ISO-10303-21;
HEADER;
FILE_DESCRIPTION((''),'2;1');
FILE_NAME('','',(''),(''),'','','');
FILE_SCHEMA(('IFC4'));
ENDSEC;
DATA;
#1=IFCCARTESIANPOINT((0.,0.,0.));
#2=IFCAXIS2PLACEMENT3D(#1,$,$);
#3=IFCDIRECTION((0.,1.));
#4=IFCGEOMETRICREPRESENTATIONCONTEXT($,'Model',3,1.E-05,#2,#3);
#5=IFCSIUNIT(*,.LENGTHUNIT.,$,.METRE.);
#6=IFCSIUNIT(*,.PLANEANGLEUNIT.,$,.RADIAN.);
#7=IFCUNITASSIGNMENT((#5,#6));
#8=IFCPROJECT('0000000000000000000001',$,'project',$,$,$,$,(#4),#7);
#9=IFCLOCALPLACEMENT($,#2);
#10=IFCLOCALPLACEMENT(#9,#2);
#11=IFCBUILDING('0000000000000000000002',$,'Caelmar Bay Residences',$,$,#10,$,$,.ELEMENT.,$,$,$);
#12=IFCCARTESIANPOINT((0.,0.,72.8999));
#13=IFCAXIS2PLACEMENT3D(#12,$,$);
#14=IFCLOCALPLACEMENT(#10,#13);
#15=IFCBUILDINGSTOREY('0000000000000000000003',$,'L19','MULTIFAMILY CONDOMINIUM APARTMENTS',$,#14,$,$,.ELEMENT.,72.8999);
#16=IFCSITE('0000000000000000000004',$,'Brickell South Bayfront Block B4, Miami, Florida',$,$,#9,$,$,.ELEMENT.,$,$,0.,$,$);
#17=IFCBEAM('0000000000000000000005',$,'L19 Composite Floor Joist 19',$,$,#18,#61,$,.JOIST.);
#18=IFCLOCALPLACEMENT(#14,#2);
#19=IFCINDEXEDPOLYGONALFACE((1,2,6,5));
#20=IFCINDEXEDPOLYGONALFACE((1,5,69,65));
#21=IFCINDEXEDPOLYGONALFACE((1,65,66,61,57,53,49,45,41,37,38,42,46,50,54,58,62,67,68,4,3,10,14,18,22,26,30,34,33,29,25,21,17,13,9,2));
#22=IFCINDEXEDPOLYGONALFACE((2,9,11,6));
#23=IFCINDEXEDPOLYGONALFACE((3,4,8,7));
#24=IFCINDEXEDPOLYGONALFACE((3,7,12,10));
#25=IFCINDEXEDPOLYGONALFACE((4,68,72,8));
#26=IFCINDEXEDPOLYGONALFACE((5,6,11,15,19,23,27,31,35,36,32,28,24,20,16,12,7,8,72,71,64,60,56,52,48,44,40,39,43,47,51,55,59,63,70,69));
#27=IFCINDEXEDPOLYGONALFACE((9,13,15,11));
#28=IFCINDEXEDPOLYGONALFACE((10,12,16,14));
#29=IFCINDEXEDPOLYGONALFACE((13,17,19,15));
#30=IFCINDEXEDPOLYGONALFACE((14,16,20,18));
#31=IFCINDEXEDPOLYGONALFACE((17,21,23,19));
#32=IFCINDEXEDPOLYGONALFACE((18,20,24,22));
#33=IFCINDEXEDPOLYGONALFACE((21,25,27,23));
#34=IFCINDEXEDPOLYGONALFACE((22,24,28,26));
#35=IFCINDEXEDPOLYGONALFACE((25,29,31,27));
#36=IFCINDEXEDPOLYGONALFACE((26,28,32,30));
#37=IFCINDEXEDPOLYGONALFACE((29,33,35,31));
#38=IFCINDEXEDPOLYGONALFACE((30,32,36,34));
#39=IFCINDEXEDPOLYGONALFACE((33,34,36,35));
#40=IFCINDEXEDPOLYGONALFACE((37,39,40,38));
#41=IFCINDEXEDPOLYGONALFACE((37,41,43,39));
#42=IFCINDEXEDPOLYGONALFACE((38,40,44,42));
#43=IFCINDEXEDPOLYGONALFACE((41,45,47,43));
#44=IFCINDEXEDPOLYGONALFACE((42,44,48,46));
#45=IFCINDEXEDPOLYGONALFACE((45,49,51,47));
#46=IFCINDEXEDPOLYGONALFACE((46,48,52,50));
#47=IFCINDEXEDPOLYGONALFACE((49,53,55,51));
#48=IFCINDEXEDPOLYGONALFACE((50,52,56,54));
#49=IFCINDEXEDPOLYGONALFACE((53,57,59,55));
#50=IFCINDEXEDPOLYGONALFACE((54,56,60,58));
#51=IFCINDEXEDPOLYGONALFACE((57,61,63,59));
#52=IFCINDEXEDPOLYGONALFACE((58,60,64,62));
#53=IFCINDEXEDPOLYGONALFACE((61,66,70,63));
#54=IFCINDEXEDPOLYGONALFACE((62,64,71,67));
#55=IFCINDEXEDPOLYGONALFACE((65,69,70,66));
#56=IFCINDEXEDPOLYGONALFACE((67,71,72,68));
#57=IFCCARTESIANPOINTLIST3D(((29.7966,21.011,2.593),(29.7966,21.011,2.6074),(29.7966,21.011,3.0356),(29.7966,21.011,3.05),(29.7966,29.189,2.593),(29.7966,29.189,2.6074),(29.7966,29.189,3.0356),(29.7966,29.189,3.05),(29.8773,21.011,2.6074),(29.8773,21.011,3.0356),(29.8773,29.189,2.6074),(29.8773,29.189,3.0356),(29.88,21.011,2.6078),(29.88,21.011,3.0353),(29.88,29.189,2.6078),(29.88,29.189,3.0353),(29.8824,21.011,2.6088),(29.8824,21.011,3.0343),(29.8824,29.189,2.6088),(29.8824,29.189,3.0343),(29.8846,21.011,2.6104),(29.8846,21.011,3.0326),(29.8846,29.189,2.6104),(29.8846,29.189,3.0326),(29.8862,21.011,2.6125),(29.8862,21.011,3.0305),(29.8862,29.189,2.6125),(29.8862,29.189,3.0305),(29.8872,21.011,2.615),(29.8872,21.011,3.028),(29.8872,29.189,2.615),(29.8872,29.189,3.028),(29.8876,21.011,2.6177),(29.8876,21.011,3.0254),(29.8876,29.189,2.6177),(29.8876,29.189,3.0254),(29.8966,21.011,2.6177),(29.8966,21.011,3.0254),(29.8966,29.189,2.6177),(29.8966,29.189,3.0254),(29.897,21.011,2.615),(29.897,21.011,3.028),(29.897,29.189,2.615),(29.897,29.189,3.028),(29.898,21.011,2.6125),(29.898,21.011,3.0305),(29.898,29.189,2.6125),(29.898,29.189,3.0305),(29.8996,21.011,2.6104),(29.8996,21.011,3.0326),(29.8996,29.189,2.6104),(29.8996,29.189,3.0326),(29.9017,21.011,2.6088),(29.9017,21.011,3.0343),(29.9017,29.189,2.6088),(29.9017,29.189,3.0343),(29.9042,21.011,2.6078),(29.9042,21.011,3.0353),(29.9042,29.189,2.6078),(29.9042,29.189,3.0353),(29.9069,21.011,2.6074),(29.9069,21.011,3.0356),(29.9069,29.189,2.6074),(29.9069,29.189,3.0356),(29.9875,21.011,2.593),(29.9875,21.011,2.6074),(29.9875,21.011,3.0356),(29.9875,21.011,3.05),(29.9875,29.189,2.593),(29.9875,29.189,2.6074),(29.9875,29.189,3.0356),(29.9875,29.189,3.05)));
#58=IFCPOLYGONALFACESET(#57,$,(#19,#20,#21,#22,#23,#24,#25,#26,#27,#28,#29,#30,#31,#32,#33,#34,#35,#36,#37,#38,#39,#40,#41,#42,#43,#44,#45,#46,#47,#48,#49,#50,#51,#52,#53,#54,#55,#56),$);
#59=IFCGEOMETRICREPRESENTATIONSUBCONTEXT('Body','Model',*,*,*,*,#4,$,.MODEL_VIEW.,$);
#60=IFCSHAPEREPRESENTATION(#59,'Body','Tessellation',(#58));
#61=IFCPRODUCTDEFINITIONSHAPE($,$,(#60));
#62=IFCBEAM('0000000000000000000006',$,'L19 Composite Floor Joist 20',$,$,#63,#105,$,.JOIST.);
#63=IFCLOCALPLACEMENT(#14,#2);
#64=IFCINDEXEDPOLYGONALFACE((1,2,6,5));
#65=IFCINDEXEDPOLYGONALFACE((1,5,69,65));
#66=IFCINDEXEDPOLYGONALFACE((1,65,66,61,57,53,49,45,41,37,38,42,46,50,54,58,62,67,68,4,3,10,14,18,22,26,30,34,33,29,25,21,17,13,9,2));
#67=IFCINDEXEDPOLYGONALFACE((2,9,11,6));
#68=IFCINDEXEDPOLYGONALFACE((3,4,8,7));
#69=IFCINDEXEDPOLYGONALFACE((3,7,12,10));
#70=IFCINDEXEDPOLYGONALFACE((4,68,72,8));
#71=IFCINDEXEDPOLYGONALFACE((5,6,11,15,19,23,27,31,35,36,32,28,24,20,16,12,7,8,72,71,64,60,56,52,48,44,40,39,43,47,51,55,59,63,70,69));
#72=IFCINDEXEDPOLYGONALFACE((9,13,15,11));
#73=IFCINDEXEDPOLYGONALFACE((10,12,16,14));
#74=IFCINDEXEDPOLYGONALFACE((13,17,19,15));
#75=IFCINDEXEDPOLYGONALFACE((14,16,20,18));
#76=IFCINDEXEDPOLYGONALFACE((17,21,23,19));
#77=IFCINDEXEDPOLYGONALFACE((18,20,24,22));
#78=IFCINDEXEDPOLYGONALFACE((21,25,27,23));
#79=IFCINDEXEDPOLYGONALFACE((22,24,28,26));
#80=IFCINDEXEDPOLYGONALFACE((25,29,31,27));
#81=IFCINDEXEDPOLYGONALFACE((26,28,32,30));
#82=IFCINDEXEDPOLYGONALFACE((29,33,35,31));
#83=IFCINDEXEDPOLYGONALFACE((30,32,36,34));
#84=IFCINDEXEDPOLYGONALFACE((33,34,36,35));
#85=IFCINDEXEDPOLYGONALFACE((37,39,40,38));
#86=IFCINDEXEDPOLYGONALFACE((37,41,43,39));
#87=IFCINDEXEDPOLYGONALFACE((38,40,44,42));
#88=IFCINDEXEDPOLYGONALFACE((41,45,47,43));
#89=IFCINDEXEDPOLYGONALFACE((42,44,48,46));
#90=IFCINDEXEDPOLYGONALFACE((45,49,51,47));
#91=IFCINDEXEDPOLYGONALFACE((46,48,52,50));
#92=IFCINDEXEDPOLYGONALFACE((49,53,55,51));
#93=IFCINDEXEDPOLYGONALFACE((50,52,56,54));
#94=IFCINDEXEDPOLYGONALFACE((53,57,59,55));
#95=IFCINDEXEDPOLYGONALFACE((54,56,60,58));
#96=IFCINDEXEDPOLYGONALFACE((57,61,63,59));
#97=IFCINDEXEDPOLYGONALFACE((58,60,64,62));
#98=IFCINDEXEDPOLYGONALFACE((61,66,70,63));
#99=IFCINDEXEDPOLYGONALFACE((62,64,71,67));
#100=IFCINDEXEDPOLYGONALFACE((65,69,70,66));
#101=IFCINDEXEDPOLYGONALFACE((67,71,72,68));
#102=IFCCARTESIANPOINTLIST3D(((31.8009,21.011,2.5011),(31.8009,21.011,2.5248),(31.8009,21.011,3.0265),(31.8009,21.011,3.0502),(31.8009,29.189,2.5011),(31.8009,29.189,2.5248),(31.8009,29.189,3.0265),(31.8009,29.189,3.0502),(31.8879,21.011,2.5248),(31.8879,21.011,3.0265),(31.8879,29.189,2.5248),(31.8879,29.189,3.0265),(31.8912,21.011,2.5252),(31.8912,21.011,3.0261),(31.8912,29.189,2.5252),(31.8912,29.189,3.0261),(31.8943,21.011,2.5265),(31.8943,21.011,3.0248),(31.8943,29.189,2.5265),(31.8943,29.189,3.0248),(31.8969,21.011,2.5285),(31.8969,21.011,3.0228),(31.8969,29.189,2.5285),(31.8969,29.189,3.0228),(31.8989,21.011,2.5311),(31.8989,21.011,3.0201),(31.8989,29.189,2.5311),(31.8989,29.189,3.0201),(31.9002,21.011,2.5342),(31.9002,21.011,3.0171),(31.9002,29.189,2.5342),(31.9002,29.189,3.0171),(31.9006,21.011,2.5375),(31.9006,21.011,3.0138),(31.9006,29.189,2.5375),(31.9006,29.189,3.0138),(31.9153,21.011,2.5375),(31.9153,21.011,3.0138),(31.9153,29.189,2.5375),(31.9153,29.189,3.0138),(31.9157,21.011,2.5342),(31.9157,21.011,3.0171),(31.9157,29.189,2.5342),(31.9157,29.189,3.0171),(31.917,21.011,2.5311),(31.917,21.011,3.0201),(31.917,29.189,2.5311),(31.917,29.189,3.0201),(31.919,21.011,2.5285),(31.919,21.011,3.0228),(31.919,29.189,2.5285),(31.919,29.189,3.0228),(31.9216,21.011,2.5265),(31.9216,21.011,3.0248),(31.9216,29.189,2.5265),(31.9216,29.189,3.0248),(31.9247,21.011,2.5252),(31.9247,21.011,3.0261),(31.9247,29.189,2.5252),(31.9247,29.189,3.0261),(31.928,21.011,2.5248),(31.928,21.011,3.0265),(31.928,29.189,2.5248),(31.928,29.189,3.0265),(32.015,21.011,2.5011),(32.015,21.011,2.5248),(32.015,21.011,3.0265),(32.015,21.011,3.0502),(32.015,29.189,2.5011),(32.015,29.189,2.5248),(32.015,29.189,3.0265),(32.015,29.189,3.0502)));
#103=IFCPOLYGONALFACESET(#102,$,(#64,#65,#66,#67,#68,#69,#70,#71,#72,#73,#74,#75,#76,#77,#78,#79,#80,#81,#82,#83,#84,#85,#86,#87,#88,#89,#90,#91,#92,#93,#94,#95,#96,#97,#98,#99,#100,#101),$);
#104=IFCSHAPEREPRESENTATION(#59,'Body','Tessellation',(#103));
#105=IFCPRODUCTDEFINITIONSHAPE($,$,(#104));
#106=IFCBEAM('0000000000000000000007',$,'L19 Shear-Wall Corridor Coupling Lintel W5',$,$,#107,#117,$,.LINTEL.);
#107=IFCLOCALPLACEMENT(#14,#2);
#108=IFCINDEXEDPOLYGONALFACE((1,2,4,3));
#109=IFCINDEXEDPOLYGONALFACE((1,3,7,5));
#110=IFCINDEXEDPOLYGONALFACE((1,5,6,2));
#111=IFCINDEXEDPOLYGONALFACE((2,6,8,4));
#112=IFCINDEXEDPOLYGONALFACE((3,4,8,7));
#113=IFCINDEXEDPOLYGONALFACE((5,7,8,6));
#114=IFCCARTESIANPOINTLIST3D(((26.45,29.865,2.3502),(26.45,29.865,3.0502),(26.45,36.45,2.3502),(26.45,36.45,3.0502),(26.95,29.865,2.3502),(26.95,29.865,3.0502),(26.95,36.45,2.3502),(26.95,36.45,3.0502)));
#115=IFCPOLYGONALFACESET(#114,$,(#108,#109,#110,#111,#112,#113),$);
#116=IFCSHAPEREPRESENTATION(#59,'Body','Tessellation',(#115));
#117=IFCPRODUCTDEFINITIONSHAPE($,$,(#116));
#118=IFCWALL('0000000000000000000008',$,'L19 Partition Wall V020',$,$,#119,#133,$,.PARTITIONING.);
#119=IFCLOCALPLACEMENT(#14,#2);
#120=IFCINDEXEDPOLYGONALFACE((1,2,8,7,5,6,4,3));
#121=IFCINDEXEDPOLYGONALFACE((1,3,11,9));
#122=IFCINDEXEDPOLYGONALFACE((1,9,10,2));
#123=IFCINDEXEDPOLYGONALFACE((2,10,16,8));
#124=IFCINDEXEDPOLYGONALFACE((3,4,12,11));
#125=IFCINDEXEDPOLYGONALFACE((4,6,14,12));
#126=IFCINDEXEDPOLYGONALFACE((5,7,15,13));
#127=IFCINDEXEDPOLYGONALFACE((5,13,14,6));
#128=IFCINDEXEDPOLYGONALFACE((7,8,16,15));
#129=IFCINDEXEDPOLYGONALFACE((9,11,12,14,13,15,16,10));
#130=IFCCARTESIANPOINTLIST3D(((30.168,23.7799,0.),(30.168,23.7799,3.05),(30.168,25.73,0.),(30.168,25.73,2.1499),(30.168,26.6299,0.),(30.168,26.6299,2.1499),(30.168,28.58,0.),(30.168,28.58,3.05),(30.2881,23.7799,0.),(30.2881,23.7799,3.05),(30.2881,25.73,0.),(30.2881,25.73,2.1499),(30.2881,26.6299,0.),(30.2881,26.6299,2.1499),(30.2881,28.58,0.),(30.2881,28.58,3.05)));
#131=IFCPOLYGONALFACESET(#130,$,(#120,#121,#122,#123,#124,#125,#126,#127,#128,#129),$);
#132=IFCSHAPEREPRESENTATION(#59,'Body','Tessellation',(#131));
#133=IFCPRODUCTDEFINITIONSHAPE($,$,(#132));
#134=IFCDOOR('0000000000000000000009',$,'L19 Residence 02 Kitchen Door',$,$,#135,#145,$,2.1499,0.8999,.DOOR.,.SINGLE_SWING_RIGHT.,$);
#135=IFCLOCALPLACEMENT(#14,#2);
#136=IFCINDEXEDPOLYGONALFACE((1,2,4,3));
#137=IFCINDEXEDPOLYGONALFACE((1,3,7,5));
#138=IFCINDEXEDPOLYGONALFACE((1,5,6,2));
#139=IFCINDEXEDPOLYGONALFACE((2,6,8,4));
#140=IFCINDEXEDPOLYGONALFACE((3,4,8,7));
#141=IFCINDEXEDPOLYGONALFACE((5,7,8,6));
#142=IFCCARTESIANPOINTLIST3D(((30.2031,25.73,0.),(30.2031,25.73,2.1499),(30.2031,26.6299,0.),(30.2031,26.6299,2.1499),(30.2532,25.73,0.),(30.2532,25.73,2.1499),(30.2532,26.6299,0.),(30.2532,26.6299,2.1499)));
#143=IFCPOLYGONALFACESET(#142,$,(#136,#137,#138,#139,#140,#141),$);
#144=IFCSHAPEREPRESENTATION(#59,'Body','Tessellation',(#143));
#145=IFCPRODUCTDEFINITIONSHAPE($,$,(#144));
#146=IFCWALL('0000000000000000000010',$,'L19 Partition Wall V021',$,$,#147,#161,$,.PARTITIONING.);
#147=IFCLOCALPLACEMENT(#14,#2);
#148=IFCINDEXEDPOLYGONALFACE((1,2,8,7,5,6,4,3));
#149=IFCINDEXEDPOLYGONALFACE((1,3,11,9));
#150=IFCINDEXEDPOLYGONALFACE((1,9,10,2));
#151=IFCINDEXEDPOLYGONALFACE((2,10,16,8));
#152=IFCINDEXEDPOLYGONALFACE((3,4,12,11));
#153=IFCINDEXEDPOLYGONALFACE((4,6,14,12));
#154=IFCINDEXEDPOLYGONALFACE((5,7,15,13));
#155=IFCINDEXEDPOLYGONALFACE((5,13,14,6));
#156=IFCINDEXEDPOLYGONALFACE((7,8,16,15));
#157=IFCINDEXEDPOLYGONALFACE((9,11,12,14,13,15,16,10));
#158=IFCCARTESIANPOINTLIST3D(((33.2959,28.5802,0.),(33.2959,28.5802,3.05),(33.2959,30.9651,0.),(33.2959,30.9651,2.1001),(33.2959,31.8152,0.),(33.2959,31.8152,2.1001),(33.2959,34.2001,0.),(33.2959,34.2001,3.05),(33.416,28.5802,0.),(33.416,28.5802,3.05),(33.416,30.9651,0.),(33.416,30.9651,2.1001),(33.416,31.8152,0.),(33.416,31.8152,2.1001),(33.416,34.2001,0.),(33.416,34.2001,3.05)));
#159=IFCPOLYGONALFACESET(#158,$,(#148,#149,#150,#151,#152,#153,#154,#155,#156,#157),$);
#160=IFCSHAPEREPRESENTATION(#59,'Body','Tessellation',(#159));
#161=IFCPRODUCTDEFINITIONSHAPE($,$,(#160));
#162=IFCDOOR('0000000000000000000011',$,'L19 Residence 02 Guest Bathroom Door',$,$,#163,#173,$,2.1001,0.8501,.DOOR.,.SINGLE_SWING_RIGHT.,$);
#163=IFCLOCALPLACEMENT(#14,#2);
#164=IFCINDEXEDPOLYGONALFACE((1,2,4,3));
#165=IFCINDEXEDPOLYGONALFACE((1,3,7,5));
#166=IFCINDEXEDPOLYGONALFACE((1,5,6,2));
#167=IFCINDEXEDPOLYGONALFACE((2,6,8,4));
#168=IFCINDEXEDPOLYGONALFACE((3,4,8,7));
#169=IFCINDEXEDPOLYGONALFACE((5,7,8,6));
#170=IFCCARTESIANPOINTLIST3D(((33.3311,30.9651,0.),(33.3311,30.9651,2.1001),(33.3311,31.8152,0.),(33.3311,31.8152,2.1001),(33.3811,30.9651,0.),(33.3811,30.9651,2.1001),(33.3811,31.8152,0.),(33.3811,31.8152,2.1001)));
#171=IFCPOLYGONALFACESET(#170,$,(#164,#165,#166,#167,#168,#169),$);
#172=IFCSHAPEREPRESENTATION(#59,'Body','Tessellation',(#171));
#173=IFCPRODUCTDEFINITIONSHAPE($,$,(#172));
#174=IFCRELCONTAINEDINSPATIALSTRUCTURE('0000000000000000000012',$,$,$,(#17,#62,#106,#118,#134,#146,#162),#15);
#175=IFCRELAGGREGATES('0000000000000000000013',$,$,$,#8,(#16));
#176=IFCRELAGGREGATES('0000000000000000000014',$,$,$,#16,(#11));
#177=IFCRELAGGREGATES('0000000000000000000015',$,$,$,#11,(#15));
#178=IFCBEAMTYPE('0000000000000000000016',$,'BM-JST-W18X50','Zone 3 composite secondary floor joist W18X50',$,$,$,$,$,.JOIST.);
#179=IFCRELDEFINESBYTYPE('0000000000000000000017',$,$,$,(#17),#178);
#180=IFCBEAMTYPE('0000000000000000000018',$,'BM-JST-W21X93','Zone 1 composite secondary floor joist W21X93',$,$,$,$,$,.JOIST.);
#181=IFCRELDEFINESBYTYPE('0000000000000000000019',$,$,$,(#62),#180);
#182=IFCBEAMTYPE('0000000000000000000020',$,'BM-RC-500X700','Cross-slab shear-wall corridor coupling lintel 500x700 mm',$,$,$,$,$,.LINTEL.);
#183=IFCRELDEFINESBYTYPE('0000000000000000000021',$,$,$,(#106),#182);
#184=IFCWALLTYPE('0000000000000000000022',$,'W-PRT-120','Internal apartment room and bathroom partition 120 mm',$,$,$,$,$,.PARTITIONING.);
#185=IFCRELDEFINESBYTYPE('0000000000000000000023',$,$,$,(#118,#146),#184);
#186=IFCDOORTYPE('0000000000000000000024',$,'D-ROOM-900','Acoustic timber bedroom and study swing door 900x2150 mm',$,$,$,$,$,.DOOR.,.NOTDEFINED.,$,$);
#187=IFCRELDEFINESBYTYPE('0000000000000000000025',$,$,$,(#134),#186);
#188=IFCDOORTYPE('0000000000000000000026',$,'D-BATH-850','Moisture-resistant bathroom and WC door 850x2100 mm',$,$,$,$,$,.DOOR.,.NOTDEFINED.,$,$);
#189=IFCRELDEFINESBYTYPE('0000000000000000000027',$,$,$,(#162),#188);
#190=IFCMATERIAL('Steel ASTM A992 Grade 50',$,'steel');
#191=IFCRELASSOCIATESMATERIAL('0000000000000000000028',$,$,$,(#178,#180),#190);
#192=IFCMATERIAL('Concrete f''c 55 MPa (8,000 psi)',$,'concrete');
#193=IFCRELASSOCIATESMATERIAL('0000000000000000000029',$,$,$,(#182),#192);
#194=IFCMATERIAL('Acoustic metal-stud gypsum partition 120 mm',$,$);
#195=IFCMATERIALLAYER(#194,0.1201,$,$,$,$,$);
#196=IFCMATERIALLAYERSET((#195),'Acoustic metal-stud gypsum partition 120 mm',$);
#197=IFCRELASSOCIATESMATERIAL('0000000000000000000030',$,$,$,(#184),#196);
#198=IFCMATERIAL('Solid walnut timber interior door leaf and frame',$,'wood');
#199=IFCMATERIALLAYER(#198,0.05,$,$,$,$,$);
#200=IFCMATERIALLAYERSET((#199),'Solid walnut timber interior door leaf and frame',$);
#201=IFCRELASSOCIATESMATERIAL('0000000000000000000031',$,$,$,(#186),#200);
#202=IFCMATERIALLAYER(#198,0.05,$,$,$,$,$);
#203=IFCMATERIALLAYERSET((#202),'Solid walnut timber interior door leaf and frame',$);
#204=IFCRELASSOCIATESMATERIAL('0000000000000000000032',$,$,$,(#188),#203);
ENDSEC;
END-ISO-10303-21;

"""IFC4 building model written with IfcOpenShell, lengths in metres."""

from ifc_helpers import new_model, si_unit, direction, frame, frame_2d, origin, origin_2d, place, context, subcontext, project, spatial, rectangle, i_section, extrude, material, layer, layer_set, material_profile, profile_set, type_object, element, fill, save


model = new_model("IFC4")

# Units and contexts
model_context = context("Model", 3, precision=1e-05, world=origin(), true_north=direction((0.0, 1.0)))
body_context = subcontext(model_context, "Body", "Model", "MODEL_VIEW")
ifc_project = project(units=[si_unit("LENGTHUNIT", "METRE"), si_unit("PLANEANGLEUNIT", "RADIAN")], contexts=[model_context])

# Site, building, storey
site_placement = place(None, origin())
site = spatial("IfcSite", under=ifc_project, at=site_placement, Name="Brickell South Bayfront Block B4, Miami, Florida", CompositionType="ELEMENT", RefElevation=0.0)
building_placement = place(site_placement, origin())
building = spatial("IfcBuilding", under=site, at=building_placement, Name="Caelmar Bay Residences", CompositionType="ELEMENT")
storey_placement = place(building_placement, frame((0.0, 0.0, 72.8999)))
storey = spatial("IfcBuildingStorey", under=building, at=storey_placement, Name="L19", Description="MULTIFAMILY CONDOMINIUM APARTMENTS", CompositionType="ELEMENT", Elevation=72.8999)

# Beams
ifc_material_1 = material(Name="Steel ASTM A992 Grade 50", Category="steel")
ifc_material_profile_1 = material_profile(ifc_material_1, i_section(OverallWidth=0.1909, OverallDepth=0.457, WebThickness=0.009, FlangeThickness=0.0144, FilletRadius=0.0103, at=origin_2d()), Name="W18X50")
ifc_profile_set_1 = profile_set([ifc_material_profile_1], Name="Steel ASTM A992 Grade 50")
beam_type_1 = type_object("IfcBeamType", Name="BM-JST-W18X50", Description="Zone 3 composite secondary floor joist W18X50", PredefinedType="JOIST", material=ifc_profile_set_1)
beam_1_placement = place(storey_placement, frame((29.8921, 21.011, 2.8215), z_axis=(0.0, 1.0, 0.0), x_axis=(-1.0, 0.0, 0.0)))
element("IfcBeam", 1, at=beam_1_placement, inside=storey, type_object=beam_type_1, Name="L19 Composite Floor Joist 19", PredefinedType="JOIST", context=body_context, shape_type="SweptSolid", body=[
    extrude(i_section(OverallWidth=0.1909, OverallDepth=0.457, WebThickness=0.009, FlangeThickness=0.0144, FilletRadius=0.0103, at=origin_2d()), origin(), (0.0, 0.0, 1.0), 8.178),
])
ifc_material_profile_2 = material_profile(ifc_material_1, i_section(OverallWidth=0.2141, OverallDepth=0.5491, WebThickness=0.0146, FlangeThickness=0.0237, FilletRadius=0.0127, at=origin_2d()), Name="W21X93")
ifc_profile_set_2 = profile_set([ifc_material_profile_2], Name="Steel ASTM A992 Grade 50")
beam_type_2 = type_object("IfcBeamType", Name="BM-JST-W21X93", Description="Zone 1 composite secondary floor joist W21X93", PredefinedType="JOIST", material=ifc_profile_set_2)
beam_2_placement = place(storey_placement, frame((31.908, 21.011, 2.7756), z_axis=(0.0, 1.0, 0.0), x_axis=(-1.0, 0.0, 0.0)))
element("IfcBeam", 2, at=beam_2_placement, inside=storey, type_object=beam_type_2, Name="L19 Composite Floor Joist 20", PredefinedType="JOIST", context=body_context, shape_type="SweptSolid", body=[
    extrude(i_section(OverallWidth=0.2141, OverallDepth=0.5491, WebThickness=0.0146, FlangeThickness=0.0237, FilletRadius=0.0127, at=origin_2d()), origin(), (0.0, 0.0, 1.0), 8.178),
])
ifc_material_2 = material(Name="Concrete f'c 55 MPa (8,000 psi)", Category="concrete")
ifc_material_profile_3 = material_profile(ifc_material_2, rectangle(XDim=0.5, YDim=0.7, at=origin_2d()), Name="RC-BM-500X700")
ifc_profile_set_3 = profile_set([ifc_material_profile_3], Name="Concrete f'c 55 MPa (8,000 psi)")
beam_type_3 = type_object("IfcBeamType", Name="BM-RC-500X700", Description="Cross-slab shear-wall corridor coupling lintel 500x700 mm", PredefinedType="LINTEL", material=ifc_profile_set_3)
beam_3_placement = place(storey_placement, frame((26.7, 29.865, 2.7002), z_axis=(0.0, 1.0, 0.0), x_axis=(-1.0, 0.0, 0.0)))
element("IfcBeam", 3, at=beam_3_placement, inside=storey, type_object=beam_type_3, Name="L19 Shear-Wall Corridor Coupling Lintel W5", PredefinedType="LINTEL", context=body_context, shape_type="SweptSolid", body=[
    extrude(rectangle(XDim=0.5, YDim=0.7, at=origin_2d()), origin(), (0.0, 0.0, 1.0), 6.585),
])

# Walls, openings, doors
ifc_material_3 = material(Name="Acoustic metal-stud gypsum partition 120 mm")
ifc_layer_1 = layer(ifc_material_3, 0.1201)
ifc_layer_set_1 = layer_set([ifc_layer_1], Name="Acoustic metal-stud gypsum partition 120 mm")
wall_type_1 = type_object("IfcWallType", Name="W-PRT-120", Description="Internal apartment room and bathroom partition 120 mm", PredefinedType="PARTITIONING", material=ifc_layer_set_1)
wall_1_placement = place(storey_placement, frame((30.228, 23.78, 0.0), z_axis=(0.0, 0.0, 1.0), x_axis=(0.0, 1.0, 0.0)))
wall_1 = element("IfcWall", 4, at=wall_1_placement, inside=storey, type_object=wall_type_1, Name="L19 Partition Wall V020", PredefinedType="PARTITIONING", context=body_context, shape_type="SweptSolid", body=[
    extrude(rectangle(XDim=4.8, YDim=0.1201, at=frame_2d((2.3999, 0.0))), origin(), (0.0, 0.0, 1.0), 3.05),
])
opening_1_placement = place(wall_1_placement, frame((1.95, 0.0, 0.0)))
opening_1 = element("IfcOpeningElement", 5, at=opening_1_placement, cuts=wall_1, PredefinedType="OPENING", context=body_context, shape_type="SweptSolid", body=[
    extrude(rectangle(XDim=0.8999, YDim=2.1499, at=frame_2d((0.45, 1.075))), frame((0.0, 0.0701, 0.0), z_axis=(0.0, -1.0, 0.0), x_axis=(1.0, 0.0, 0.0)), (0.0, 0.0, 1.0), 0.1401),
])
ifc_material_4 = material(Name="Solid walnut timber interior door leaf and frame", Category="wood")
ifc_layer_2 = layer(ifc_material_4, 0.05)
ifc_layer_set_2 = layer_set([ifc_layer_2], Name="Solid walnut timber interior door leaf and frame")
door_type_1 = type_object("IfcDoorType", Name="D-ROOM-900", Description="Acoustic timber bedroom and study swing door 900x2150 mm", OperationType="NOTDEFINED", PredefinedType="DOOR", material=ifc_layer_set_2)
door_1_placement = place(opening_1_placement, origin())
door_1 = element("IfcDoor", 6, at=door_1_placement, inside=storey, type_object=door_type_1, Name="L19 Residence 02 Kitchen Door", OperationType="SINGLE_SWING_RIGHT", OverallHeight=2.1499, OverallWidth=0.8999, PredefinedType="DOOR", context=body_context, shape_type="SweptSolid", body=[
    extrude(rectangle(XDim=0.8999, YDim=2.1499, at=frame_2d((0.45, 1.075))), frame((0.0, 0.0249, 0.0), z_axis=(0.0, -1.0, 0.0), x_axis=(1.0, 0.0, 0.0)), (0.0, 0.0, 1.0), 0.05),
])
fill(opening_1, door_1)
wall_2_placement = place(storey_placement, frame((33.356, 28.5801, 0.0), z_axis=(0.0, 0.0, 1.0), x_axis=(0.0, 1.0, 0.0)))
wall_2 = element("IfcWall", 7, at=wall_2_placement, inside=storey, type_object=wall_type_1, Name="L19 Partition Wall V021", PredefinedType="PARTITIONING", context=body_context, shape_type="SweptSolid", body=[
    extrude(rectangle(XDim=5.6199, YDim=0.1201, at=frame_2d((2.8101, 0.0))), origin(), (0.0, 0.0, 1.0), 3.05),
])
opening_2_placement = place(wall_2_placement, frame((2.385, 0.0, 0.0)))
opening_2 = element("IfcOpeningElement", 8, at=opening_2_placement, cuts=wall_2, PredefinedType="OPENING", context=body_context, shape_type="SweptSolid", body=[
    extrude(rectangle(XDim=0.8501, YDim=2.1001, at=frame_2d((0.425, 1.05))), frame((0.0, 0.0701, 0.0), z_axis=(0.0, -1.0, 0.0), x_axis=(1.0, 0.0, 0.0)), (0.0, 0.0, 1.0), 0.1401),
])
ifc_layer_3 = layer(ifc_material_4, 0.05)
ifc_layer_set_3 = layer_set([ifc_layer_3], Name="Solid walnut timber interior door leaf and frame")
door_type_2 = type_object("IfcDoorType", Name="D-BATH-850", Description="Moisture-resistant bathroom and WC door 850x2100 mm", OperationType="NOTDEFINED", PredefinedType="DOOR", material=ifc_layer_set_3)
door_2_placement = place(opening_2_placement, origin())
door_2 = element("IfcDoor", 9, at=door_2_placement, inside=storey, type_object=door_type_2, Name="L19 Residence 02 Guest Bathroom Door", OperationType="SINGLE_SWING_RIGHT", OverallHeight=2.1001, OverallWidth=0.8501, PredefinedType="DOOR", context=body_context, shape_type="SweptSolid", body=[
    extrude(rectangle(XDim=0.8501, YDim=2.1001, at=frame_2d((0.425, 1.05))), frame((0.0, 0.0249, 0.0), z_axis=(0.0, -1.0, 0.0), x_axis=(1.0, 0.0, 0.0)), (0.0, 0.0, 1.0), 0.05),
])
fill(opening_2, door_2)

save(model, "model.ifc")
